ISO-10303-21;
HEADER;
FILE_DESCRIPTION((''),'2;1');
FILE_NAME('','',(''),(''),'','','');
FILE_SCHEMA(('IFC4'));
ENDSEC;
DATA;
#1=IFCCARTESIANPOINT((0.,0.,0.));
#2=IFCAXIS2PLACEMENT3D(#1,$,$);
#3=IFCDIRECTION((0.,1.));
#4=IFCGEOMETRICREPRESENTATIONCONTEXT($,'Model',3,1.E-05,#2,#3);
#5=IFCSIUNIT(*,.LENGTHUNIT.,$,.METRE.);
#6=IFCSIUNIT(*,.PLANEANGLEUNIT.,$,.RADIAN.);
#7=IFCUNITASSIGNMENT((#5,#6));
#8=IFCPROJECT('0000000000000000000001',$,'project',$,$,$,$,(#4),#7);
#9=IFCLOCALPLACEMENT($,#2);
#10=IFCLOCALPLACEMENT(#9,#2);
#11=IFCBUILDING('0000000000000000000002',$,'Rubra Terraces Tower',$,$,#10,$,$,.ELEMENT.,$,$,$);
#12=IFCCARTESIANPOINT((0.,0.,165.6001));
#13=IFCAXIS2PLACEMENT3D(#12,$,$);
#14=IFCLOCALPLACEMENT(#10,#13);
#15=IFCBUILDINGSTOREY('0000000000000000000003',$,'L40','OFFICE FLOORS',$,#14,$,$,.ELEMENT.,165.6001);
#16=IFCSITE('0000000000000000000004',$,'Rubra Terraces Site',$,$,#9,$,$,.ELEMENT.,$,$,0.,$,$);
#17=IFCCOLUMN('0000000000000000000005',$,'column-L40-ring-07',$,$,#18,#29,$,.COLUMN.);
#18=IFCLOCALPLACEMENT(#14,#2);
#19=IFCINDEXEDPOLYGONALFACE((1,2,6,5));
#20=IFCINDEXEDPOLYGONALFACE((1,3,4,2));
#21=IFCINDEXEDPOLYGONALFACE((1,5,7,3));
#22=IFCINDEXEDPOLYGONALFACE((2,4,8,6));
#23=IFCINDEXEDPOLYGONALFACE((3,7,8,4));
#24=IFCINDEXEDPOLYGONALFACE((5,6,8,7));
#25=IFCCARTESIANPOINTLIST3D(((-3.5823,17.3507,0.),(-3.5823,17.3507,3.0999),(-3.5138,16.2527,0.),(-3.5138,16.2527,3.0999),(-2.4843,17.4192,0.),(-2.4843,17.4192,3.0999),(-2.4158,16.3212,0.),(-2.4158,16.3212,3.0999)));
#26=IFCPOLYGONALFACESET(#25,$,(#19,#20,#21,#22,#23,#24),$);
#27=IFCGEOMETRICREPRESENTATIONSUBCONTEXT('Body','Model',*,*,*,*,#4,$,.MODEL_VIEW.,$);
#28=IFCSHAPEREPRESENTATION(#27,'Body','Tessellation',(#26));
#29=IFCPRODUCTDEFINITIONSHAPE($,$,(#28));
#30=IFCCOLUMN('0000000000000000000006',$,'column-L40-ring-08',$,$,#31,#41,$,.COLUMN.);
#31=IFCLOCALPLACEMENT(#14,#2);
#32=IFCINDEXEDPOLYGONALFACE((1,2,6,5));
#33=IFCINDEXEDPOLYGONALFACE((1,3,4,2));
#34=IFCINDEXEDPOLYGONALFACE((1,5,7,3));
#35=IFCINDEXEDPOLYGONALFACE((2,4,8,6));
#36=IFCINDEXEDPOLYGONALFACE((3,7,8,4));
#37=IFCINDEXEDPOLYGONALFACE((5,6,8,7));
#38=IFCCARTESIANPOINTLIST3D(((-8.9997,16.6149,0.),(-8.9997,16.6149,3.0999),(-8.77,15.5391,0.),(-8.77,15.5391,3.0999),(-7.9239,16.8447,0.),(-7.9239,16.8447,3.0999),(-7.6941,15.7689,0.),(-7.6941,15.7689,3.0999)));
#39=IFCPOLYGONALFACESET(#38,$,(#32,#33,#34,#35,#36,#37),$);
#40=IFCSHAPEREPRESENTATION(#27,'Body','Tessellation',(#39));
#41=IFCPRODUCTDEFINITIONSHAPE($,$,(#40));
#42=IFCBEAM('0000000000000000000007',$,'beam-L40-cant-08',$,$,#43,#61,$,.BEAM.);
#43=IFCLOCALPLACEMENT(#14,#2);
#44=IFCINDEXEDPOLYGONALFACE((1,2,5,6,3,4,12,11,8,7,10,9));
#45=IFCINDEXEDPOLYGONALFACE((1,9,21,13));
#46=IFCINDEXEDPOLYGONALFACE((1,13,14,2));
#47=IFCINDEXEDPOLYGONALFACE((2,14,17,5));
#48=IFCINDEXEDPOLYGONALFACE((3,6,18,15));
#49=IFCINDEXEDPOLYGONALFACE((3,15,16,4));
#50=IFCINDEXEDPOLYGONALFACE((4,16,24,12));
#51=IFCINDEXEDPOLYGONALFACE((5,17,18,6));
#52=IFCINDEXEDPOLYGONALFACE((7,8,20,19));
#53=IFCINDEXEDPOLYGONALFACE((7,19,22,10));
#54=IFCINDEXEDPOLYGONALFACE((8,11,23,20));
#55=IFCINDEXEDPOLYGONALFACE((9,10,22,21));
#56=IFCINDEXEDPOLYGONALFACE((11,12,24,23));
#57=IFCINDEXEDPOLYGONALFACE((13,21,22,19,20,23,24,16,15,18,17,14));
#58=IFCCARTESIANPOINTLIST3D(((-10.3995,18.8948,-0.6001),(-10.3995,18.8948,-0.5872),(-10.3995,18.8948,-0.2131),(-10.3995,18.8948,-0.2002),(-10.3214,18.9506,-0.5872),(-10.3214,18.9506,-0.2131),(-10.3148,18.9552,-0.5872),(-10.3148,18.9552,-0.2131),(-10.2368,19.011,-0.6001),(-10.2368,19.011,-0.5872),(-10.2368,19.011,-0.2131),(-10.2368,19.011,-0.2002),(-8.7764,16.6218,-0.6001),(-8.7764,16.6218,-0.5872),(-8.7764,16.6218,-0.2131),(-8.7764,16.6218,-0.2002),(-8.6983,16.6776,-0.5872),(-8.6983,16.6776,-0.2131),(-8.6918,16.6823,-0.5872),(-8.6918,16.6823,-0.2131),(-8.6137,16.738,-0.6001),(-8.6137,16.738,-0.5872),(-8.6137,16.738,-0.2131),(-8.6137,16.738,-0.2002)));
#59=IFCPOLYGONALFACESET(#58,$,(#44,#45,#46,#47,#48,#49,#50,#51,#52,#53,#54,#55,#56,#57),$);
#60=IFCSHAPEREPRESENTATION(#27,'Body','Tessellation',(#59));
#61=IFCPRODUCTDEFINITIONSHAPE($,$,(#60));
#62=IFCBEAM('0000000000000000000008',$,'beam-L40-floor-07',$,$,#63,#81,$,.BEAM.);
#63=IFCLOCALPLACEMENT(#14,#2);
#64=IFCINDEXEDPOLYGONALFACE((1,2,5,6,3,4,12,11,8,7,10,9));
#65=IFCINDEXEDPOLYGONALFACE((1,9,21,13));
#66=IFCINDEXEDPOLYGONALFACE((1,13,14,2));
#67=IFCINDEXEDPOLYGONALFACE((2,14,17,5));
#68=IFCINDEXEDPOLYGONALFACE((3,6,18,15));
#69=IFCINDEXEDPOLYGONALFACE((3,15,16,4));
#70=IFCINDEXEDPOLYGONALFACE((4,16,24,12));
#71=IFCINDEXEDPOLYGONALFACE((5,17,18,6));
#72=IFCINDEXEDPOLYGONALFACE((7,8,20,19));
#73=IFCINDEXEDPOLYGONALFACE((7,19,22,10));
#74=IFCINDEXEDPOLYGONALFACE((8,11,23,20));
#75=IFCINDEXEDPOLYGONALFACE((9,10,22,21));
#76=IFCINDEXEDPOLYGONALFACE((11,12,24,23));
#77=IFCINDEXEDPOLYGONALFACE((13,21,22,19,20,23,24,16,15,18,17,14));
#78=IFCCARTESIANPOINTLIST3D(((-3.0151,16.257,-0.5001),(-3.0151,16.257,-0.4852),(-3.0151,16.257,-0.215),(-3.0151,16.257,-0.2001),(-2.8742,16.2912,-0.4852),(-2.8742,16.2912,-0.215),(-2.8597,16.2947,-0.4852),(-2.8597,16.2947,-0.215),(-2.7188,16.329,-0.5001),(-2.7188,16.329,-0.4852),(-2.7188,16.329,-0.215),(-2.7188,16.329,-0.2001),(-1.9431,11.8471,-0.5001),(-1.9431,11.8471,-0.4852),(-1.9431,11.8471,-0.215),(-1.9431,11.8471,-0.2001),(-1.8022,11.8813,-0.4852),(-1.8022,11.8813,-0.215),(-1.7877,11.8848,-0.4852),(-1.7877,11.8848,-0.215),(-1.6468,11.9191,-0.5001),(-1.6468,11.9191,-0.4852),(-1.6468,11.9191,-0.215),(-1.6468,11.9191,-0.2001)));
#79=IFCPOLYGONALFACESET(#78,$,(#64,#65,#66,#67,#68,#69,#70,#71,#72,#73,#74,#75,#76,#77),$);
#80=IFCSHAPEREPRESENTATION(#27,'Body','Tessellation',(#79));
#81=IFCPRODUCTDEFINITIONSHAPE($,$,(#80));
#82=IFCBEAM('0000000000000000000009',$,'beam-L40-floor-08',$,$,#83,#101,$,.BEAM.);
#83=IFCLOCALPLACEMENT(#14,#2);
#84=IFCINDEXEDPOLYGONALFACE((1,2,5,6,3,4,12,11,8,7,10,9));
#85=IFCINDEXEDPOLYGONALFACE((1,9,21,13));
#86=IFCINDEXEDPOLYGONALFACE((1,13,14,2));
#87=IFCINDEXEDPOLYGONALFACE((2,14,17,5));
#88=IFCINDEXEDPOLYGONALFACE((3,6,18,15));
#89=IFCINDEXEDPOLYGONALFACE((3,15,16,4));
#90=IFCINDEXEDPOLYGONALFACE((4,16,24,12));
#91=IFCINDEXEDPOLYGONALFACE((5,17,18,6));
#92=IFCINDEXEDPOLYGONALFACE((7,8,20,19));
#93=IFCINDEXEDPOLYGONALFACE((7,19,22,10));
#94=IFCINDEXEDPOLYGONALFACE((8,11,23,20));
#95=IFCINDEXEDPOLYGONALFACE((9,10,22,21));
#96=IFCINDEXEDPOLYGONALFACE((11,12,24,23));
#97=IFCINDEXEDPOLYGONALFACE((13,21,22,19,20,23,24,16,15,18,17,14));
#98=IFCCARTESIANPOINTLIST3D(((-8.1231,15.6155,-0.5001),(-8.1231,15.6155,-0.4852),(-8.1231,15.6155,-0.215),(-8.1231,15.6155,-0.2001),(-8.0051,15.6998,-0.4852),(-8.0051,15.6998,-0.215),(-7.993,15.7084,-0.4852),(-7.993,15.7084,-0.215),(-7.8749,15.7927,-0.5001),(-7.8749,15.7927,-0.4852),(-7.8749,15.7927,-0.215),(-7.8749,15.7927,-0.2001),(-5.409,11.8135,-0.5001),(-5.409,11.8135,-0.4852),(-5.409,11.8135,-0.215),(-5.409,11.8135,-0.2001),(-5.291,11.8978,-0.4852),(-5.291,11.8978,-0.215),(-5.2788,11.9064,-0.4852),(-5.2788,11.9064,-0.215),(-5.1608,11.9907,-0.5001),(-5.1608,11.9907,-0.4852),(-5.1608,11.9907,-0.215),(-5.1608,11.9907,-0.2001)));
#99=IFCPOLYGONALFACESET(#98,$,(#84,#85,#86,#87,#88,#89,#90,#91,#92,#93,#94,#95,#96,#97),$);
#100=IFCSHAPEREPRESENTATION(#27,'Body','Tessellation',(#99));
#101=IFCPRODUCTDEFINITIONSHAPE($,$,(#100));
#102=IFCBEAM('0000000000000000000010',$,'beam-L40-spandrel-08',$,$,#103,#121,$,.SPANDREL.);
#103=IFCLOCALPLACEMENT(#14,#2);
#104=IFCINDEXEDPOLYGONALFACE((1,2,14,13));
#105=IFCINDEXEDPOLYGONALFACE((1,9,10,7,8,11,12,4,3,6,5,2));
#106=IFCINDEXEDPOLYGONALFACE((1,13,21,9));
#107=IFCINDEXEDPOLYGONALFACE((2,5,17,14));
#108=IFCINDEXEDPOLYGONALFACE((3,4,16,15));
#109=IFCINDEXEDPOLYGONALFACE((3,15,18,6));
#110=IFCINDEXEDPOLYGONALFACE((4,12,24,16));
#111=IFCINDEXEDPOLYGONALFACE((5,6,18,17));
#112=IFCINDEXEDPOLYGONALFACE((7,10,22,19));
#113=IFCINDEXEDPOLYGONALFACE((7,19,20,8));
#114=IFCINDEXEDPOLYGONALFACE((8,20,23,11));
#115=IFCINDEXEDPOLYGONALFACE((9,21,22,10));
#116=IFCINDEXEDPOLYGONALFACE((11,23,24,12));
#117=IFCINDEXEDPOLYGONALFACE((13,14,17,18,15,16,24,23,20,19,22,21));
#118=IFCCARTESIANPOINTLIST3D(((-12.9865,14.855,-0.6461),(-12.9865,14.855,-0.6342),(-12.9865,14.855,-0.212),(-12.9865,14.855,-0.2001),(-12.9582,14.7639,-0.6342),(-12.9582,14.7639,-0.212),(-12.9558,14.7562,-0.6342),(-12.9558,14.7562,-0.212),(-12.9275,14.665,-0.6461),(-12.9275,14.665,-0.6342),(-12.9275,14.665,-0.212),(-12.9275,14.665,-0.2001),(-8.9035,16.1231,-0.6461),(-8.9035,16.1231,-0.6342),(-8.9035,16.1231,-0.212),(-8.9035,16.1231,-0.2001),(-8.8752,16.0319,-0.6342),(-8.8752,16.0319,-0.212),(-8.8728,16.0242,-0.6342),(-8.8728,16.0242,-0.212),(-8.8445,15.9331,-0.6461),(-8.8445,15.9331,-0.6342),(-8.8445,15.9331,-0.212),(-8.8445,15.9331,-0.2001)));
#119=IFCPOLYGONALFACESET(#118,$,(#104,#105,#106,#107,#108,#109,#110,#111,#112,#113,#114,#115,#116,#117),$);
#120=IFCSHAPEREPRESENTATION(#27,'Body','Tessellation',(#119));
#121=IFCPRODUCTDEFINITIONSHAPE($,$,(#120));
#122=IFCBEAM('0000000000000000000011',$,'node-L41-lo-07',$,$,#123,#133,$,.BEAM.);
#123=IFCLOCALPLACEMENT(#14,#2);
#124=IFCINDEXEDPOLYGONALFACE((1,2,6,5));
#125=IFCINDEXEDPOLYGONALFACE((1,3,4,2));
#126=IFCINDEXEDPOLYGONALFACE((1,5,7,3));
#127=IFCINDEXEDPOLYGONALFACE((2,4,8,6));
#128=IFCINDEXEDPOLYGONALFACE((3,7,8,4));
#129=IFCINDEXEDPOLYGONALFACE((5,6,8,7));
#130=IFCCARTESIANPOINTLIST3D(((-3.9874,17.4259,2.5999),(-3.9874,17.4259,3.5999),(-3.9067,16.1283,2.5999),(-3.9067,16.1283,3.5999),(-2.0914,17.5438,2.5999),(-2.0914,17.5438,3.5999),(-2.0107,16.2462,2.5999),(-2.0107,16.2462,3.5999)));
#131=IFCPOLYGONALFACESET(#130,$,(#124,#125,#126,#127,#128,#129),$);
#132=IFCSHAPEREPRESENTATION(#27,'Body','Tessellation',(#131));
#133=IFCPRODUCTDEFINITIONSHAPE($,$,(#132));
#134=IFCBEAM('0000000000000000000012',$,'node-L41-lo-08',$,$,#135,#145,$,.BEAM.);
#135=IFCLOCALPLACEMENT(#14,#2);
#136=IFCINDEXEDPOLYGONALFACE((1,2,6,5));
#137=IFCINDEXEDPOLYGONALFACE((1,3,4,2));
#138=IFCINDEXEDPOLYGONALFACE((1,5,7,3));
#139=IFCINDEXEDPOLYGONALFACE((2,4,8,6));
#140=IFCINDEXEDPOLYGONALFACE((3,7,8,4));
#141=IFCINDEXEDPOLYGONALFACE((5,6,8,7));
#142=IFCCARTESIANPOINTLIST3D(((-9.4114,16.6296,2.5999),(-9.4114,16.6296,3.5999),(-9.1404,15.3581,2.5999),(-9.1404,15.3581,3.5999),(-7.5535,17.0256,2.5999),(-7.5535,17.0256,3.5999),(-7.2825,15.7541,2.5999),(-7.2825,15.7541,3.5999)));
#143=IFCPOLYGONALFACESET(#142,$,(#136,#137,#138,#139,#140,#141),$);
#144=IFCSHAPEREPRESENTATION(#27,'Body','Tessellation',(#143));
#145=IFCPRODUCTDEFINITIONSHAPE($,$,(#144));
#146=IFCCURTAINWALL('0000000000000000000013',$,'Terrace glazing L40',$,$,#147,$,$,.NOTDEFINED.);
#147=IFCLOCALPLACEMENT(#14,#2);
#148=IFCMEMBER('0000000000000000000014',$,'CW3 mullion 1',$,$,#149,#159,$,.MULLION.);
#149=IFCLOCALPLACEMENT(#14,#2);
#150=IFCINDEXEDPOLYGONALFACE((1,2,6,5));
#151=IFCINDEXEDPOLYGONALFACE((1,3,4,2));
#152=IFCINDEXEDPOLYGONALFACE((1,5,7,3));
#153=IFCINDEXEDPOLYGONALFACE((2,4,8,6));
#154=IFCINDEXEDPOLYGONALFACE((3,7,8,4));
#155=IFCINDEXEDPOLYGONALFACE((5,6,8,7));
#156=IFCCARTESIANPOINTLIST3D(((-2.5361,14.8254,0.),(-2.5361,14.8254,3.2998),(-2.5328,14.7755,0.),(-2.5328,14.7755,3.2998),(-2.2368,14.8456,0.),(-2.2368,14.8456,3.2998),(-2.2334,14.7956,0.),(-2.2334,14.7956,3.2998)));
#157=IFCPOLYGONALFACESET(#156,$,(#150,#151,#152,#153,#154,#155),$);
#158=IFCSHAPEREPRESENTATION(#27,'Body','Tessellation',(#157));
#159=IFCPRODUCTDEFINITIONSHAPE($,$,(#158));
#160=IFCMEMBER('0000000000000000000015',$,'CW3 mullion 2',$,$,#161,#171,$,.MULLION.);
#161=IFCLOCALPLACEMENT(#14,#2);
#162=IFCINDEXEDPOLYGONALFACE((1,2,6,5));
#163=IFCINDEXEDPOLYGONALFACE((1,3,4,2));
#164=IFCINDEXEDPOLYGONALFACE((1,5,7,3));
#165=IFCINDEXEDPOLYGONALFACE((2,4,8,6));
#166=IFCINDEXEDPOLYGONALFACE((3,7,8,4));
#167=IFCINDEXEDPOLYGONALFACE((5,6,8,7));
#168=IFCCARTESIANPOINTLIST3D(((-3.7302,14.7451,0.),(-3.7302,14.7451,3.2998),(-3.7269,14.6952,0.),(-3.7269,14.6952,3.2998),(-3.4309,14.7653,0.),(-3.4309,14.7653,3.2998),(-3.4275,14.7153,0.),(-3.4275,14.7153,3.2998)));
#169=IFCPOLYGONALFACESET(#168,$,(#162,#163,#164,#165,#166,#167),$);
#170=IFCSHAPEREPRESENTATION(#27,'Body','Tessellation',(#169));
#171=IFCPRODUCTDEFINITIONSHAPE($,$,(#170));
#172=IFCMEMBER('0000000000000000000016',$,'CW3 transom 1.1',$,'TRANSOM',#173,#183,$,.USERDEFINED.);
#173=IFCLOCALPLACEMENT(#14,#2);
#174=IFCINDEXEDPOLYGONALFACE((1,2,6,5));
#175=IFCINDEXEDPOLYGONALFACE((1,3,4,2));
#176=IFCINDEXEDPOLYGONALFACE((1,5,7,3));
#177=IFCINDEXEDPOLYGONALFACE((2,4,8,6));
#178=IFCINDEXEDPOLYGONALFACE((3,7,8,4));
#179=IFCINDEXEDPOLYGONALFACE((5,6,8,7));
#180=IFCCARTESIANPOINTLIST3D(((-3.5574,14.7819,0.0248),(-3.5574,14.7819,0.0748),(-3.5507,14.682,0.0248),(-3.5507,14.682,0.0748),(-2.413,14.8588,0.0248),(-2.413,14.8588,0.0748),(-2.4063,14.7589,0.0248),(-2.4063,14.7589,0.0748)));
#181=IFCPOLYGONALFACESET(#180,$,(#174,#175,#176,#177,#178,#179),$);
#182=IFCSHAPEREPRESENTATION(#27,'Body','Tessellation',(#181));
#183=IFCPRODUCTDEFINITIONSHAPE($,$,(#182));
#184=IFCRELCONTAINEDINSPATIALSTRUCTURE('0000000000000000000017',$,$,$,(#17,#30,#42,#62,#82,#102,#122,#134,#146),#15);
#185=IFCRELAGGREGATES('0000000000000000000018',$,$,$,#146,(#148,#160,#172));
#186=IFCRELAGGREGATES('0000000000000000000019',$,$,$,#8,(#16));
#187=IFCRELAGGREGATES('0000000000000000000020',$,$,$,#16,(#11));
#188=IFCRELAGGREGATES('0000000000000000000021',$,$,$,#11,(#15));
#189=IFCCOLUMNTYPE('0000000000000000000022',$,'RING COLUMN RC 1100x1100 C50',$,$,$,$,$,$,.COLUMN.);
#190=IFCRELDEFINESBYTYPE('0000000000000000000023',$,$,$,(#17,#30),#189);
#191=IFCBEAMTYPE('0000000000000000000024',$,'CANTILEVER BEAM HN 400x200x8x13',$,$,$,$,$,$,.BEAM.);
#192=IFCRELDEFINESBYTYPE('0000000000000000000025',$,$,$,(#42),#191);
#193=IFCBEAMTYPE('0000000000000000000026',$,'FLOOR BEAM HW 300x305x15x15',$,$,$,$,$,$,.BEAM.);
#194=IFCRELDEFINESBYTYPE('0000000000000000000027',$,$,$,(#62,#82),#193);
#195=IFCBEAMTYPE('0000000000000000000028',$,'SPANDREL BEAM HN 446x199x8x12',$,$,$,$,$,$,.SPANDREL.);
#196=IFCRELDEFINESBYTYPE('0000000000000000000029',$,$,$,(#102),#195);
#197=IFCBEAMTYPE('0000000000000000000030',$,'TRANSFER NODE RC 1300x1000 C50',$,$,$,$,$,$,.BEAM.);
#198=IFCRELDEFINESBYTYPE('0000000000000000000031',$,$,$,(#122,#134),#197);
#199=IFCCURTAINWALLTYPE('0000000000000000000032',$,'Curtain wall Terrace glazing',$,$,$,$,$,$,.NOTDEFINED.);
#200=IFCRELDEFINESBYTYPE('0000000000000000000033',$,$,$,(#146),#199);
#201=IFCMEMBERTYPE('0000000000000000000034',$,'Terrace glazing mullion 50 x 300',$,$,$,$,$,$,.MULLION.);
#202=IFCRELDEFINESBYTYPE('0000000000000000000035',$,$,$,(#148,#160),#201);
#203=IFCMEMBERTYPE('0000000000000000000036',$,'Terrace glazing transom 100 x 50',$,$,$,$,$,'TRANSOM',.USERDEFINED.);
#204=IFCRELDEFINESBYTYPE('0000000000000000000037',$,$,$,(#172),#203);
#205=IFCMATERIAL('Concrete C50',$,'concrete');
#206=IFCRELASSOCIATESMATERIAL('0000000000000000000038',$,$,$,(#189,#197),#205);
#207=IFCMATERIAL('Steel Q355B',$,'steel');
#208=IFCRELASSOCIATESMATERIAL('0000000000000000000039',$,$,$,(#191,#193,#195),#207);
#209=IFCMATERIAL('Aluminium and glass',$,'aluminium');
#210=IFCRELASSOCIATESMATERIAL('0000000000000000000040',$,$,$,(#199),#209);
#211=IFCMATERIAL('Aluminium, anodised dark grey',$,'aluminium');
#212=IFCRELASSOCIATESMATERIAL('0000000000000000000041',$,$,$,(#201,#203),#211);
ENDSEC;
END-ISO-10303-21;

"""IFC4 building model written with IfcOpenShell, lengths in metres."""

from ifc_helpers import new_model, si_unit, direction, frame, origin, origin_2d, place, context, subcontext, project, spatial, rectangle, i_section, extrude, material, material_profile, profile_set, type_object, element, aggregate, save


model = new_model("IFC4")

# Units and contexts
model_context = context("Model", 3, precision=1e-05, world=origin(), true_north=direction((0.0, 1.0)))
body_context = subcontext(model_context, "Body", "Model", "MODEL_VIEW")
ifc_project = project(units=[si_unit("LENGTHUNIT", "METRE"), si_unit("PLANEANGLEUNIT", "RADIAN")], contexts=[model_context])

# Site, building, storey
site_placement = place(None, origin())
site = spatial("IfcSite", under=ifc_project, at=site_placement, Name="Rubra Terraces Site", CompositionType="ELEMENT", RefElevation=0.0)
building_placement = place(site_placement, origin())
building = spatial("IfcBuilding", under=site, at=building_placement, Name="Rubra Terraces Tower", CompositionType="ELEMENT")
storey_placement = place(building_placement, frame((0.0, 0.0, 165.6001)))
storey = spatial("IfcBuildingStorey", under=building, at=storey_placement, Name="L40", Description="OFFICE FLOORS", CompositionType="ELEMENT", Elevation=165.6001)

# Columns
ifc_material_1 = material(Name="Concrete C50", Category="concrete")
ifc_material_profile_1 = material_profile(ifc_material_1, rectangle(XDim=1.1001, YDim=1.1001, at=origin_2d()), Name="RC 1100x1100")
ifc_profile_set_1 = profile_set([ifc_material_profile_1], Name="Concrete C50")
column_type = type_object("IfcColumnType", Name="RING COLUMN RC 1100x1100 C50", PredefinedType="COLUMN", material=ifc_profile_set_1)
for number, where, z_axis, x_axis, name in (
    (1, (-2.999, 16.8359, 0.0), (0.0, 0.0, 1.0), (-0.998059, -0.062268, 0.0), "column-L40-ring-07"),
    (2, (-8.3469, 16.1919, 0.0), (0.0, 0.0, 1.0), (-0.977944, -0.208867, 0.0), "column-L40-ring-08"),
):
    element("IfcColumn", number, at=place(storey_placement, frame(where, z_axis=z_axis, x_axis=x_axis)), inside=storey, type_object=column_type, Name=name, PredefinedType="COLUMN", context=body_context, shape_type="SweptSolid", body=[
        extrude(rectangle(XDim=1.1001, YDim=1.1001, at=origin_2d()), origin(), (0.0, 0.0, 1.0), 3.0999),
    ])

# Beams
ifc_material_2 = material(Name="Steel Q355B", Category="steel")
ifc_material_profile_2 = material_profile(ifc_material_2, i_section(OverallWidth=0.2, OverallDepth=0.3999, WebThickness=0.0081, FlangeThickness=0.0129, at=origin_2d()), Name="HN 400x200x8x13")
ifc_profile_set_2 = profile_set([ifc_material_profile_2], Name="Steel Q355B")
beam_type_1 = type_object("IfcBeamType", Name="CANTILEVER BEAM HN 400x200x8x13", PredefinedType="BEAM", material=ifc_profile_set_2)
beam_1_placement = place(storey_placement, frame((-8.6951, 16.6799, -0.4001), z_axis=(-0.581122, 0.813816, 0.0), x_axis=(-0.813816, -0.581122, 0.0)))
element("IfcBeam", 3, at=beam_1_placement, inside=storey, type_object=beam_type_1, Name="beam-L40-cant-08", PredefinedType="BEAM", context=body_context, shape_type="SweptSolid", body=[
    extrude(i_section(OverallWidth=0.2, OverallDepth=0.3999, WebThickness=0.0081, FlangeThickness=0.0129, at=origin_2d()), origin(), (0.0, 0.0, 1.0), 2.793),
])
ifc_material_profile_3 = material_profile(ifc_material_2, i_section(OverallWidth=0.3049, OverallDepth=0.3, WebThickness=0.0149, FlangeThickness=0.0149, at=origin_2d()), Name="HW 300x305x15x15")
ifc_profile_set_3 = profile_set([ifc_material_profile_3], Name="Steel Q355B")
beam_type_2 = type_object("IfcBeamType", Name="FLOOR BEAM HW 300x305x15x15", PredefinedType="BEAM", material=ifc_profile_set_3)
beam_2_placement = place(storey_placement, frame((-2.8669, 16.293, -0.3501), z_axis=(0.236214, -0.971701, 0.0), x_axis=(0.971701, 0.236214, 0.0)))
element("IfcBeam", 4, at=beam_2_placement, inside=storey, type_object=beam_type_2, Name="beam-L40-floor-07", PredefinedType="BEAM", context=body_context, shape_type="SweptSolid", body=[
    extrude(i_section(OverallWidth=0.3049, OverallDepth=0.3, WebThickness=0.0149, FlangeThickness=0.0149, at=origin_2d()), origin(), (0.0, 0.0, 1.0), 4.5383),
])
beam_3_placement = place(storey_placement, frame((-7.999, 15.7041, -0.3501), z_axis=(0.581011, -0.813896, 0.0), x_axis=(0.813896, 0.581011, 0.0)))
element("IfcBeam", 5, at=beam_3_placement, inside=storey, type_object=beam_type_2, Name="beam-L40-floor-08", PredefinedType="BEAM", context=body_context, shape_type="SweptSolid", body=[
    extrude(i_section(OverallWidth=0.3049, OverallDepth=0.3, WebThickness=0.0149, FlangeThickness=0.0149, at=origin_2d()), origin(), (0.0, 0.0, 1.0), 4.6714),
])
ifc_material_profile_4 = material_profile(ifc_material_2, i_section(OverallWidth=0.199, OverallDepth=0.446, WebThickness=0.0081, FlangeThickness=0.012, at=origin_2d()), Name="HN 446x199x8x12")
ifc_profile_set_4 = profile_set([ifc_material_profile_4], Name="Steel Q355B")
beam_type_3 = type_object("IfcBeamType", Name="SPANDREL BEAM HN 446x199x8x12", PredefinedType="SPANDREL", material=ifc_profile_set_4)
beam_4_placement = place(storey_placement, frame((-8.874, 16.0281, -0.4231), z_axis=(-0.955003, -0.296597, 0.0), x_axis=(0.296597, -0.955003, 0.0)))
element("IfcBeam", 6, at=beam_4_placement, inside=storey, type_object=beam_type_3, Name="beam-L40-spandrel-08", PredefinedType="SPANDREL", context=body_context, shape_type="SweptSolid", body=[
    extrude(i_section(OverallWidth=0.199, OverallDepth=0.446, WebThickness=0.0081, FlangeThickness=0.012, at=origin_2d()), origin(), (0.0, 0.0, 1.0), 4.2754),
])
ifc_material_profile_5 = material_profile(ifc_material_1, rectangle(XDim=1.3, YDim=1.0, at=origin_2d()), Name="RC 1300x1000")
ifc_profile_set_5 = profile_set([ifc_material_profile_5], Name="Concrete C50")
beam_type_4 = type_object("IfcBeamType", Name="TRANSFER NODE RC 1300x1000 C50", PredefinedType="BEAM", material=ifc_profile_set_5)
for number, where, z_axis, x_axis, name in (
    (7, (-2.051, 16.895, 3.0999), (-0.998072, -0.062074, 0.0), (0.062074, -0.998072, 0.0), "node-L41-lo-07"),
    (8, (-7.418, 16.3899, 3.0999), (-0.978031, -0.208458, 0.0), (0.208458, -0.978031, 0.0), "node-L41-lo-08"),
):
    element("IfcBeam", number, at=place(storey_placement, frame(where, z_axis=z_axis, x_axis=x_axis)), inside=storey, type_object=beam_type_4, Name=name, PredefinedType="BEAM", context=body_context, shape_type="SweptSolid", body=[
        extrude(rectangle(XDim=1.3, YDim=1.0, at=origin_2d()), origin(), (0.0, 0.0, 1.0), 1.8997),
    ])

# Curtain wall, members
ifc_material_3 = material(Name="Aluminium and glass", Category="aluminium")
curtain_wall_type = type_object("IfcCurtainWallType", Name="Curtain wall Terrace glazing", PredefinedType="NOTDEFINED", material=ifc_material_3)
curtain_wall_placement = place(storey_placement, origin())
curtain_wall = element("IfcCurtainWall", 9, at=curtain_wall_placement, inside=storey, type_object=curtain_wall_type, Name="Terrace glazing L40", PredefinedType="NOTDEFINED")
ifc_material_4 = material(Name="Aluminium, anodised dark grey", Category="aluminium")
ifc_material_profile_6 = material_profile(ifc_material_4, rectangle(XDim=0.05, YDim=0.3, at=origin_2d()), Name="AL 50x300")
ifc_profile_set_6 = profile_set([ifc_material_profile_6], Name="Aluminium, anodised dark grey")
member_type_1 = type_object("IfcMemberType", Name="Terrace glazing mullion 50 x 300", PredefinedType="MULLION", material=ifc_profile_set_6)
member_1_placement = place(storey_placement, frame((-2.3848, 14.8105, 0.0), z_axis=(0.0, 0.0, 1.0), x_axis=(0.067117, -0.997745, 0.0)))
member_1 = element("IfcMember", 10, at=member_1_placement, type_object=member_type_1, Name="CW3 mullion 1", PredefinedType="MULLION", context=body_context, shape_type="SweptSolid", body=[
    extrude(rectangle(XDim=0.05, YDim=0.3, at=origin_2d()), origin(), (0.0, 0.0, 1.0), 3.2998),
])
member_2_placement = place(storey_placement, frame((-3.5789, 14.7302, 0.0), z_axis=(0.0, 0.0, 1.0), x_axis=(0.067117, -0.997745, 0.0)))
member_2 = element("IfcMember", 11, at=member_2_placement, type_object=member_type_1, Name="CW3 mullion 2", PredefinedType="MULLION", context=body_context, shape_type="SweptSolid", body=[
    extrude(rectangle(XDim=0.05, YDim=0.3, at=origin_2d()), origin(), (0.0, 0.0, 1.0), 3.2998),
])
ifc_material_profile_7 = material_profile(ifc_material_4, rectangle(XDim=0.1001, YDim=0.05, at=origin_2d()), Name="AL 100x50")
ifc_profile_set_7 = profile_set([ifc_material_profile_7], Name="Aluminium, anodised dark grey")
member_type_2 = type_object("IfcMemberType", Name="Terrace glazing transom 100 x 50", ElementType="TRANSOM", PredefinedType="USERDEFINED", material=ifc_profile_set_7)
member_3_placement = place(storey_placement, frame((-2.4097, 14.8088, 0.0498), z_axis=(-0.997749, -0.067056, 0.0), x_axis=(0.067056, -0.997749, 0.0)))
member_3 = element("IfcMember", 12, at=member_3_placement, type_object=member_type_2, Name="CW3 transom 1.1", ObjectType="TRANSOM", PredefinedType="USERDEFINED", context=body_context, shape_type="SweptSolid", body=[
    extrude(rectangle(XDim=0.1001, YDim=0.05, at=origin_2d()), origin(), (0.0, 0.0, 1.0), 1.147),
])
aggregate(curtain_wall, [member_1, member_2, member_3])

save(model, "model.ifc")
